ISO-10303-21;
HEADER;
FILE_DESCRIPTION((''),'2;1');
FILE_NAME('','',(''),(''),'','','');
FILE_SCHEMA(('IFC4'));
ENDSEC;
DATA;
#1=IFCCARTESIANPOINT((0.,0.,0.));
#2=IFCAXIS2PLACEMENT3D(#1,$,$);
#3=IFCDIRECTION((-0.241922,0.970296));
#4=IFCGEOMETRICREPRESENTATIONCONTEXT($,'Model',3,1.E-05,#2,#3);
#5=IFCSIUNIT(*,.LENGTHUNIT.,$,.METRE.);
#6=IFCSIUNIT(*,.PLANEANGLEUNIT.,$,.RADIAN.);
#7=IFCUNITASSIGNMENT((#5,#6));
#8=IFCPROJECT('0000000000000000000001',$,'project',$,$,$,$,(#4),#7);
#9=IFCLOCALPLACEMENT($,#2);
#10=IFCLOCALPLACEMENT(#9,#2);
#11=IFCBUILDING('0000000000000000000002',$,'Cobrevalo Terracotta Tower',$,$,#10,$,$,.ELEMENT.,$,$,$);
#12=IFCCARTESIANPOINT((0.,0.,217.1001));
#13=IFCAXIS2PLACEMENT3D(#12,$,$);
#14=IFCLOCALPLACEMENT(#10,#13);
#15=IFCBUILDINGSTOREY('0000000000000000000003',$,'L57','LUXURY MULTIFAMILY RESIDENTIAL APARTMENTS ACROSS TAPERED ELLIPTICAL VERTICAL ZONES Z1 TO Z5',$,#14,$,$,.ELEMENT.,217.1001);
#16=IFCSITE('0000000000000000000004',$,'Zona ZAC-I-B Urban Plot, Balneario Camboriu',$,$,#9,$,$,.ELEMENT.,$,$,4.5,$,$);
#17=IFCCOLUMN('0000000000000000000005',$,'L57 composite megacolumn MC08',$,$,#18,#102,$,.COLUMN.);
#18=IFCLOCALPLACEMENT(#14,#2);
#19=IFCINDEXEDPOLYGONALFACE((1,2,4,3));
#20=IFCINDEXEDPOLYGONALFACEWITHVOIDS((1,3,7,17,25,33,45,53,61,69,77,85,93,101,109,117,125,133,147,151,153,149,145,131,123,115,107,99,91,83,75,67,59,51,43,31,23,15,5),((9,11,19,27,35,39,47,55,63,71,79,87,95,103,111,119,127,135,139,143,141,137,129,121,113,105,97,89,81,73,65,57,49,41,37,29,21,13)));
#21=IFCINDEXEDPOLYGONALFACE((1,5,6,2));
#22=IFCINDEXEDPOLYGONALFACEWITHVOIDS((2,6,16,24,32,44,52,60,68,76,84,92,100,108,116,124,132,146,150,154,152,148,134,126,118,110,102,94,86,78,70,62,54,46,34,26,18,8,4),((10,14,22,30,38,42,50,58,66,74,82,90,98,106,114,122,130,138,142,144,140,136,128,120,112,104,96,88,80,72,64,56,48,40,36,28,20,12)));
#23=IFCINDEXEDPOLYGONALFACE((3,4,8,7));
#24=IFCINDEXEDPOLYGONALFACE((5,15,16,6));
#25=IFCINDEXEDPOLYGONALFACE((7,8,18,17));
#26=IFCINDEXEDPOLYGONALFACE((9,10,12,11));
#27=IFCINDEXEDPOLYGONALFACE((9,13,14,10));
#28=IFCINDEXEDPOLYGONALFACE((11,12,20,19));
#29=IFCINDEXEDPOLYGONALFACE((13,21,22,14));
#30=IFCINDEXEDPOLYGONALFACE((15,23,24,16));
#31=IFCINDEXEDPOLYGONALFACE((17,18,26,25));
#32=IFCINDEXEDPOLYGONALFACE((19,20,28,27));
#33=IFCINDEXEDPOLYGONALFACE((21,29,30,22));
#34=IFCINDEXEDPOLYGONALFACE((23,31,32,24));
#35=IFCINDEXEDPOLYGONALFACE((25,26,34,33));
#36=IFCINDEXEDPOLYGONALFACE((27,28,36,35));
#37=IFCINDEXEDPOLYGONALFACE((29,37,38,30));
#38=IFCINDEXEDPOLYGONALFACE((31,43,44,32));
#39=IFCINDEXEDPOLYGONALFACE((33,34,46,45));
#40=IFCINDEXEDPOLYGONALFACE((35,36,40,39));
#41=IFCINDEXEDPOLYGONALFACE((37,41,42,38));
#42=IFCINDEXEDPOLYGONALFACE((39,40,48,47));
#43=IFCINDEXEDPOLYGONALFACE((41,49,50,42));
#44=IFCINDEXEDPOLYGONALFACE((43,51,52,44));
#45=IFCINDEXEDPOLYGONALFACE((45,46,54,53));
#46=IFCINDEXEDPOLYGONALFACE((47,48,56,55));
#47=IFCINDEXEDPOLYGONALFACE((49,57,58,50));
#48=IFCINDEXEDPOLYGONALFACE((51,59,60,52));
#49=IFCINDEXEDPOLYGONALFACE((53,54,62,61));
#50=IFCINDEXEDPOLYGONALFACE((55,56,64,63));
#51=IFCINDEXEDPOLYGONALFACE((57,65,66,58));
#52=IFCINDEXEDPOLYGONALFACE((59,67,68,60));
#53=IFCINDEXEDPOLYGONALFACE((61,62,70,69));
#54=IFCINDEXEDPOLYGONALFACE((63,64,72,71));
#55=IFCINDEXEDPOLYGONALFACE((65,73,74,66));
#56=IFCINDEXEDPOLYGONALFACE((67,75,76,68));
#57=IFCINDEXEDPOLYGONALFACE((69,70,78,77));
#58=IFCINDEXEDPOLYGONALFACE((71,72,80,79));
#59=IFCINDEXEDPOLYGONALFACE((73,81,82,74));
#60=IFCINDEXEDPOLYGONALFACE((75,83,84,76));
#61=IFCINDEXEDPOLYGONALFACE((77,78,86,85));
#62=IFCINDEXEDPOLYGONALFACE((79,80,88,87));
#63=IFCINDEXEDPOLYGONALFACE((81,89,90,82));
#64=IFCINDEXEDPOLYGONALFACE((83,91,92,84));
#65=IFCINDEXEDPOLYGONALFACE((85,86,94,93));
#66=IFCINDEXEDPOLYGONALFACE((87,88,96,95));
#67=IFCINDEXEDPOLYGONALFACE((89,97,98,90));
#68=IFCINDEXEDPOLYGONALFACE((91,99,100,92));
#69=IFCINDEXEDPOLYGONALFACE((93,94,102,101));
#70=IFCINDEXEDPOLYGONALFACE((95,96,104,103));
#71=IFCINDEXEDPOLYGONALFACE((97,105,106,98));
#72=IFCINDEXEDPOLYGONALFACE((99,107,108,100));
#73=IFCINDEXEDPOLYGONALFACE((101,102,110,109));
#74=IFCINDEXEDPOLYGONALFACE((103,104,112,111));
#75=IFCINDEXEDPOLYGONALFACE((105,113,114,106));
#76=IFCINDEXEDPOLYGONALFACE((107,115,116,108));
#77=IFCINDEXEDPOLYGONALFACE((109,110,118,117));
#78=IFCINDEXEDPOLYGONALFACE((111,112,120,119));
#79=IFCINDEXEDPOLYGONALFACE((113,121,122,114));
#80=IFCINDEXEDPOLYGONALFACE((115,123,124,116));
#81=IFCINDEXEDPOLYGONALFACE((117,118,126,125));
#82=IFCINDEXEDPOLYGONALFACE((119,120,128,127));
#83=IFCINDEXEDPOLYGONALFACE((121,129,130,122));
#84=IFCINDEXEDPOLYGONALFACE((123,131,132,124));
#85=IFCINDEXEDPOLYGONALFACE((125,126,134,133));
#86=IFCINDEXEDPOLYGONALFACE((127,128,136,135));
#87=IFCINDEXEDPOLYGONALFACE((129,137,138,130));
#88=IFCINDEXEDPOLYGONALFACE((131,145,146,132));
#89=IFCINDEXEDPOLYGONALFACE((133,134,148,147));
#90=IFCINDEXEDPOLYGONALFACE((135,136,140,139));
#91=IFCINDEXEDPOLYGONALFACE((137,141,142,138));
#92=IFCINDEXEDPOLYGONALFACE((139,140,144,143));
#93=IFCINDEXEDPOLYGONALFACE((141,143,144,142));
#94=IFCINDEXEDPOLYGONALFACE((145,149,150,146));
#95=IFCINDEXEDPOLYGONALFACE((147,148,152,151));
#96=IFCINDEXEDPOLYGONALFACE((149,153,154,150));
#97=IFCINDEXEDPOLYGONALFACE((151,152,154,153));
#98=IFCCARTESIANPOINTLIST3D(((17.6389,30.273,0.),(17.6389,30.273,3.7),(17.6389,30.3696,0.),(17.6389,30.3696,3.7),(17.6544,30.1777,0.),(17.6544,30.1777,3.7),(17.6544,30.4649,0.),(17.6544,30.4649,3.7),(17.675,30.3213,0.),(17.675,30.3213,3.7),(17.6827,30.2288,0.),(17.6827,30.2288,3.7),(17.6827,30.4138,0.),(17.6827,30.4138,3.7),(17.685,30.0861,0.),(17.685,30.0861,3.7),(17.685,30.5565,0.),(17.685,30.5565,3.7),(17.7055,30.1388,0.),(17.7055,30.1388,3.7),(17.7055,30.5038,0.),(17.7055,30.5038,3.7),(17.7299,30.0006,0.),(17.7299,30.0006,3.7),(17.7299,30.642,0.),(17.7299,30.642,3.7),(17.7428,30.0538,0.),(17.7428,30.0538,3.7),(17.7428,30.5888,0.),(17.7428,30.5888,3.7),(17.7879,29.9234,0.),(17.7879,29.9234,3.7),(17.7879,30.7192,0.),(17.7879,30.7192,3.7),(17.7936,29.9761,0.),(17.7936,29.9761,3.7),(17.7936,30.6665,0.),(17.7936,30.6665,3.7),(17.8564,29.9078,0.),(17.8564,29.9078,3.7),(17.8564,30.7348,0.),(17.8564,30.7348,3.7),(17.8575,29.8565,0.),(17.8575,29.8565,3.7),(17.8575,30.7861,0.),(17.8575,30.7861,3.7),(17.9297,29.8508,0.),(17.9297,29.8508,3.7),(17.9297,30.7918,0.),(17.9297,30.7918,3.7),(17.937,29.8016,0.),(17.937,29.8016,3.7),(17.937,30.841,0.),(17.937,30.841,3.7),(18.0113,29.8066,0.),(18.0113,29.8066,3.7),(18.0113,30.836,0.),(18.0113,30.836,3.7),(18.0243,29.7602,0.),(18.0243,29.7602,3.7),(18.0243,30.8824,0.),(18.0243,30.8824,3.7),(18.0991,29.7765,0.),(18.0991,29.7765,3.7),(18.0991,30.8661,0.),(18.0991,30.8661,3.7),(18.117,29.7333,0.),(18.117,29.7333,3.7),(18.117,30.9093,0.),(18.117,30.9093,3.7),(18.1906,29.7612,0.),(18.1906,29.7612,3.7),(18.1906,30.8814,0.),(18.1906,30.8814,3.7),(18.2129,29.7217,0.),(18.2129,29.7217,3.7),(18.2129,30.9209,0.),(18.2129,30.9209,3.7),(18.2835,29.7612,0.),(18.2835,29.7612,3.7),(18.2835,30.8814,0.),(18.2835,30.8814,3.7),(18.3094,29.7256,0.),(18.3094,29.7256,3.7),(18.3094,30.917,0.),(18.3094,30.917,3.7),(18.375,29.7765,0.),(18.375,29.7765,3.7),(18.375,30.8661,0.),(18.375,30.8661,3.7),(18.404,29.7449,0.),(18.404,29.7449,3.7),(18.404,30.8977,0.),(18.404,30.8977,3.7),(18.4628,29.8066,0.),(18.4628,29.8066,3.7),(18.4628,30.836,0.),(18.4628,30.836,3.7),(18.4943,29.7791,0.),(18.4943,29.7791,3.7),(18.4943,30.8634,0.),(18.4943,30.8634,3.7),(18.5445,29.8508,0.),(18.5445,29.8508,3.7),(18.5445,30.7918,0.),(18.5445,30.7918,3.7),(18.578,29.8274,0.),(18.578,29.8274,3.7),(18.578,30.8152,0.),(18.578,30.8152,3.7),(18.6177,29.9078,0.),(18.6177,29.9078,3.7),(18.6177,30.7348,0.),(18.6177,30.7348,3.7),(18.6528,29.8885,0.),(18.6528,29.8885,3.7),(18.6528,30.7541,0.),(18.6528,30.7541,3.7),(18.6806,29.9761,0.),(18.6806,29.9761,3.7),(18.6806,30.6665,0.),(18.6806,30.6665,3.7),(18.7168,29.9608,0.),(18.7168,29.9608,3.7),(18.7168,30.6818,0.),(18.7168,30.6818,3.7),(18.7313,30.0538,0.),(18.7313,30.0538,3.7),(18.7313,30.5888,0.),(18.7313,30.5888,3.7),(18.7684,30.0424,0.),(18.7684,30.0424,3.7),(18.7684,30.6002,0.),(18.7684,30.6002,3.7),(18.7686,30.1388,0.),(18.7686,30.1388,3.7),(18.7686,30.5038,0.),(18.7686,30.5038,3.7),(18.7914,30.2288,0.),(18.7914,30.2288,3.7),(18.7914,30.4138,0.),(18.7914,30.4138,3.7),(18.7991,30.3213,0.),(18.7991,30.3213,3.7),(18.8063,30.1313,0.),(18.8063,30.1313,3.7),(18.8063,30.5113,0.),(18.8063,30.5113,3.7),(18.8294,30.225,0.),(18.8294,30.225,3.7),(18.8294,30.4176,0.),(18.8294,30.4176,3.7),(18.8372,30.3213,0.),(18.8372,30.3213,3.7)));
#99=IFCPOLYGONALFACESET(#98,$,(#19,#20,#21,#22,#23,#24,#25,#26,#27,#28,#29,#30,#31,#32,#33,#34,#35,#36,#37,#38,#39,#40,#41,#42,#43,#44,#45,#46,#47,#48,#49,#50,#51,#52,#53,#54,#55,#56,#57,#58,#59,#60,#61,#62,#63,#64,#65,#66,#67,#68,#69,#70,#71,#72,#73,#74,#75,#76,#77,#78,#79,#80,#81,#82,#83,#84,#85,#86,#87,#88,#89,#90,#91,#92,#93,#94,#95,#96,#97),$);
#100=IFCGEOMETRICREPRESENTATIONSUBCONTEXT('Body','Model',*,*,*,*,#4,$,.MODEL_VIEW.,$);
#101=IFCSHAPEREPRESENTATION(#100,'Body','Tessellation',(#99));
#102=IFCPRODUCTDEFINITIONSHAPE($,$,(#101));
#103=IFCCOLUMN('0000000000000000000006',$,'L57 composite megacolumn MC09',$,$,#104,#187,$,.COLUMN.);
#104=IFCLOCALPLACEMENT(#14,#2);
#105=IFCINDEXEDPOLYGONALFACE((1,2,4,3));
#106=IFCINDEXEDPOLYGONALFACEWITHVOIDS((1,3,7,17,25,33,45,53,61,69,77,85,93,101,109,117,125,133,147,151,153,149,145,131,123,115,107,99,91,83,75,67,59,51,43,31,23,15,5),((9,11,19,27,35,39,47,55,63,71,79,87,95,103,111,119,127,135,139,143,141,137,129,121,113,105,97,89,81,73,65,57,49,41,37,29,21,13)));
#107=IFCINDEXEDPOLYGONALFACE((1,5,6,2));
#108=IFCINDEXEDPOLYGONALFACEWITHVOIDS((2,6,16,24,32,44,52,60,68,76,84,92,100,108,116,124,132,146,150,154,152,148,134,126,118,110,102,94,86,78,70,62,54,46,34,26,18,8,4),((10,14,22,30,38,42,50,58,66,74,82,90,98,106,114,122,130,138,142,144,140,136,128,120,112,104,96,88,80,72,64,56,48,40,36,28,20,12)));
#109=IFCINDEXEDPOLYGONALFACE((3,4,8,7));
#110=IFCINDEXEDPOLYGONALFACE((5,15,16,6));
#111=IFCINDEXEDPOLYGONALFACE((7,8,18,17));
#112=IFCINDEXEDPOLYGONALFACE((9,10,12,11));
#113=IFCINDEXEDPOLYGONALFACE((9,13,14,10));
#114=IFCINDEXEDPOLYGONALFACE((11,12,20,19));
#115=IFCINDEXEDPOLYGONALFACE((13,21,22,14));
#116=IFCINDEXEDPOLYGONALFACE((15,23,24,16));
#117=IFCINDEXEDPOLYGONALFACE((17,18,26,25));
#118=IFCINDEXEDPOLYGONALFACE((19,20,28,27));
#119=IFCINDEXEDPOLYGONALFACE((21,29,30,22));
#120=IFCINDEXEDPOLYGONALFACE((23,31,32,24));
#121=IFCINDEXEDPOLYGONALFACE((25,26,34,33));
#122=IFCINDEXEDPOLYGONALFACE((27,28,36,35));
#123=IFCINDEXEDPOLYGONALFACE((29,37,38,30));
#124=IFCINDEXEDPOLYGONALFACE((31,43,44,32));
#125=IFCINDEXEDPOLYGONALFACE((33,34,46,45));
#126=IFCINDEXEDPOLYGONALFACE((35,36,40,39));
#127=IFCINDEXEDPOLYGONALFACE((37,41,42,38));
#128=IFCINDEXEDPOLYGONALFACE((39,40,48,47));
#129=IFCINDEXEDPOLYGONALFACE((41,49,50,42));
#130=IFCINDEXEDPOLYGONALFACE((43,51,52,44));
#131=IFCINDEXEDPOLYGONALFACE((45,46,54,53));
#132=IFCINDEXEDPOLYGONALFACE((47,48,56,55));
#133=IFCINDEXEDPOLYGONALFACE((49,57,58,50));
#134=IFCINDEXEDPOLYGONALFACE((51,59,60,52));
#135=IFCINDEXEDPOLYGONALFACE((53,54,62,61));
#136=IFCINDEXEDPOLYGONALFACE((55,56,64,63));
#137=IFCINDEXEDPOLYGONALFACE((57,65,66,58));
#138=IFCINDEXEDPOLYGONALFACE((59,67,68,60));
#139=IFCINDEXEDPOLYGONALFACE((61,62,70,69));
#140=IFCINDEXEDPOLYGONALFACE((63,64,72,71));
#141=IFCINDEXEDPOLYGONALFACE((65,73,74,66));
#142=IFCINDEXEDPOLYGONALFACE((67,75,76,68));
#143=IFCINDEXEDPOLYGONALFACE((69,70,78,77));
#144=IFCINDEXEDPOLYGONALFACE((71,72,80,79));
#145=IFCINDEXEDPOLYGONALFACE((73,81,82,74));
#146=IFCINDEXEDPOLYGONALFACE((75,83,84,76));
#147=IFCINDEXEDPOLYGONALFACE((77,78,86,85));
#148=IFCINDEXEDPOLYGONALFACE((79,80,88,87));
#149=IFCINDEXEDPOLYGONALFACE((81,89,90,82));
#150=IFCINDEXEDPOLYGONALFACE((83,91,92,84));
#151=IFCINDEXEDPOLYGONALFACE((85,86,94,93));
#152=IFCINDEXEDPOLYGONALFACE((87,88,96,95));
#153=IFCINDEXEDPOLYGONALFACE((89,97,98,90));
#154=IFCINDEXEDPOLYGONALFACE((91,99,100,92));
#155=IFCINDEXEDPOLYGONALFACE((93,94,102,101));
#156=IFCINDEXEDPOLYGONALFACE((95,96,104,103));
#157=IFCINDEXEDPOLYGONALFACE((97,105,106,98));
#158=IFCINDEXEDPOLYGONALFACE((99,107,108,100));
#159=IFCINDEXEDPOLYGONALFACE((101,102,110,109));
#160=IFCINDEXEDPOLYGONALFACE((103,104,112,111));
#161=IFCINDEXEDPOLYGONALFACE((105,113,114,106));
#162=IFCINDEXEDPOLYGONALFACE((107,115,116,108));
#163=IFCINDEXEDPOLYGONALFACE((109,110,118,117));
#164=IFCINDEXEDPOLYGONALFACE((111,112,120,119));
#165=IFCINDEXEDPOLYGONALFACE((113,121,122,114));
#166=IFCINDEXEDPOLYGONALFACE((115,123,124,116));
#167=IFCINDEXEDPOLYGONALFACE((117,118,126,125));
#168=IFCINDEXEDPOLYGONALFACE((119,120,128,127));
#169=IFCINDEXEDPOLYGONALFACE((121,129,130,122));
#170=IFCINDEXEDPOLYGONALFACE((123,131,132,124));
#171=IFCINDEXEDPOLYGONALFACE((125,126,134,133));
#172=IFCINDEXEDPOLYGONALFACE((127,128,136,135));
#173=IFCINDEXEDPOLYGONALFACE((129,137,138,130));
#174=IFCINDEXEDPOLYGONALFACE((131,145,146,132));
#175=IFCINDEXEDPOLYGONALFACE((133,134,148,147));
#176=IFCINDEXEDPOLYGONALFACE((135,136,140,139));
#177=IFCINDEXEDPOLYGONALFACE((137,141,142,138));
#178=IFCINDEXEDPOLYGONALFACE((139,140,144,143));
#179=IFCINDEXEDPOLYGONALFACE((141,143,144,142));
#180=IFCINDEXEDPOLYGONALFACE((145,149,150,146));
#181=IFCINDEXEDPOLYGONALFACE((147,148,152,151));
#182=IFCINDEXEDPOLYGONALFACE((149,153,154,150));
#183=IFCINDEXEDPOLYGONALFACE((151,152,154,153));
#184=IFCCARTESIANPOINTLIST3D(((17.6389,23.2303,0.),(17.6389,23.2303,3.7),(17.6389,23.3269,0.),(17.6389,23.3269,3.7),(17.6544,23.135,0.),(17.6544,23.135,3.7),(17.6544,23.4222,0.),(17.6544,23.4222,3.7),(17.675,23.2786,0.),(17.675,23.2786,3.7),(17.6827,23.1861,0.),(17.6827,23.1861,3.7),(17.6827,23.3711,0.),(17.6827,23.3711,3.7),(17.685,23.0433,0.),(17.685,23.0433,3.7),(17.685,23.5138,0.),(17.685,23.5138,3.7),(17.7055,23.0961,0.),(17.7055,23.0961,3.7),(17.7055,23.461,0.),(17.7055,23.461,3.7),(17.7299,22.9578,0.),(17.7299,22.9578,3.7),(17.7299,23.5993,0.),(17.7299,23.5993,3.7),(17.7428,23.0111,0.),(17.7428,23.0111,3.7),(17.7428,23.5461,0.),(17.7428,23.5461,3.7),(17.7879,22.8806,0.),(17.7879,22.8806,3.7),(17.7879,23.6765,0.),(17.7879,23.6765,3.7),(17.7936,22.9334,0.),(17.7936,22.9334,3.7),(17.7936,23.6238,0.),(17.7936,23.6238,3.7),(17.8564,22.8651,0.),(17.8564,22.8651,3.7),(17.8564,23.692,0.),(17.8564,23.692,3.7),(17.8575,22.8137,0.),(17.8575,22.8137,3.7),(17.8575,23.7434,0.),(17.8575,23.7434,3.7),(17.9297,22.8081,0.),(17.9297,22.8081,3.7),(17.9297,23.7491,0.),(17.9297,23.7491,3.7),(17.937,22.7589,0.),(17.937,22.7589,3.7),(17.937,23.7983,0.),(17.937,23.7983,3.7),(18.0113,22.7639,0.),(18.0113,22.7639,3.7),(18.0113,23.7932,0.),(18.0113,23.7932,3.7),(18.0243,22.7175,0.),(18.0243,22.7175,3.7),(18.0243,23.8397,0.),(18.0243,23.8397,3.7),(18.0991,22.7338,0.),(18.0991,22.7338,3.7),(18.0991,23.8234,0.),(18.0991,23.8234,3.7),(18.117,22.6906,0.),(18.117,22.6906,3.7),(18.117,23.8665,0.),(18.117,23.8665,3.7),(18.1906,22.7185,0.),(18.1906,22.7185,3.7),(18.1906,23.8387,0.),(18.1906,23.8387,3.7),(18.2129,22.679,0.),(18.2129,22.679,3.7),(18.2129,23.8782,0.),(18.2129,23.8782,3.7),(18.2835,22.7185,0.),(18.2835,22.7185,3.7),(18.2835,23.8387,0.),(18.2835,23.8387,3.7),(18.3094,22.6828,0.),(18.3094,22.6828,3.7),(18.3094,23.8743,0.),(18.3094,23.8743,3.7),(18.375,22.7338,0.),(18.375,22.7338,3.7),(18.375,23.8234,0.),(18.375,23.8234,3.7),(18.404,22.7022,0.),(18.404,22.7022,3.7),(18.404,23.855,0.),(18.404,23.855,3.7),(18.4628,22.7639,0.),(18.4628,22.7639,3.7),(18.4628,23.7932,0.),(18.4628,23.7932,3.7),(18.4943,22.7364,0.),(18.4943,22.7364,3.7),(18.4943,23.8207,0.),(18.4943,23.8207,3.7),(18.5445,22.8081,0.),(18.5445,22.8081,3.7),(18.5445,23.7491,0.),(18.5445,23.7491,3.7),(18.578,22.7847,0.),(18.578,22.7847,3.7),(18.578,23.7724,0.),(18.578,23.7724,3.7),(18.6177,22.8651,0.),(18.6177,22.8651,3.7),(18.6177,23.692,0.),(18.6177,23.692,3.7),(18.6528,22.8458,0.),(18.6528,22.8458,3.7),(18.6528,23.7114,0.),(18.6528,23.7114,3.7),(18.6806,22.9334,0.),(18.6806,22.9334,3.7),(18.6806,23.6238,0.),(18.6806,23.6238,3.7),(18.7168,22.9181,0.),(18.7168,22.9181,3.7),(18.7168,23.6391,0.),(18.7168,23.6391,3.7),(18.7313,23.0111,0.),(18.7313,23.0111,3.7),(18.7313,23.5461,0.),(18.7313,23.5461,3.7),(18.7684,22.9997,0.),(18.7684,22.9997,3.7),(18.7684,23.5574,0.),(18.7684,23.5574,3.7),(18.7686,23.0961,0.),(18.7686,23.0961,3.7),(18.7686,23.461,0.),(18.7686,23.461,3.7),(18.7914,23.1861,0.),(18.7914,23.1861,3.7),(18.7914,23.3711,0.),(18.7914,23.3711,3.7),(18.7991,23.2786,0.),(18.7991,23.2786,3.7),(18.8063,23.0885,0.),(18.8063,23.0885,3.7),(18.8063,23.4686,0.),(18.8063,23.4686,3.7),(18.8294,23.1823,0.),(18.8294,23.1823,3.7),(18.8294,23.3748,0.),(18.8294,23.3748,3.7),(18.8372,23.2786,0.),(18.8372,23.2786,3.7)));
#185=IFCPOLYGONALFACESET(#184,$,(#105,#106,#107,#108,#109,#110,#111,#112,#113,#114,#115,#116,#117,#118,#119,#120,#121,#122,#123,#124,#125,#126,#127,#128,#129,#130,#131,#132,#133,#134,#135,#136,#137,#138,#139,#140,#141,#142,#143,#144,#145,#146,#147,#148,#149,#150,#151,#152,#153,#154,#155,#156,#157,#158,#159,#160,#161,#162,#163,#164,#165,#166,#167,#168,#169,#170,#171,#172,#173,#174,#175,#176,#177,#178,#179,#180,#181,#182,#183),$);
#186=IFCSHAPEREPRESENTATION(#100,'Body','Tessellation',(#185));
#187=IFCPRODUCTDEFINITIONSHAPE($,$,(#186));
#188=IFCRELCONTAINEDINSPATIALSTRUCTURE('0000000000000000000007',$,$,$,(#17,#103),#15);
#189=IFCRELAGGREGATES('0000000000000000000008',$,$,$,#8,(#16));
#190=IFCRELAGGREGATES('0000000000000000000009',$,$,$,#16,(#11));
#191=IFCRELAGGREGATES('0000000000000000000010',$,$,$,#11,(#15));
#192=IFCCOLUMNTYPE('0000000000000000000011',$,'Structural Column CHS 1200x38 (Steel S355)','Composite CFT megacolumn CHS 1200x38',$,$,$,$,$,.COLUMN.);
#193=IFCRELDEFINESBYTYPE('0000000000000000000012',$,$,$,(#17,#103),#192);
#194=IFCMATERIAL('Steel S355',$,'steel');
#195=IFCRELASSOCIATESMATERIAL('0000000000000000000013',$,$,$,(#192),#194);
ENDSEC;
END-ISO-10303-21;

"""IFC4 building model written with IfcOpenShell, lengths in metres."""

from ifc_helpers import new_model, si_unit, direction, frame, origin, origin_2d, place, context, subcontext, project, spatial, hollow_circle, extrude, material, material_profile, profile_set, type_object, element, save


model = new_model("IFC4")

# Units and contexts
model_context = context("Model", 3, precision=1e-05, world=origin(), true_north=direction((-0.241922, 0.970296)))
body_context = subcontext(model_context, "Body", "Model", "MODEL_VIEW")
ifc_project = project(units=[si_unit("LENGTHUNIT", "METRE"), si_unit("PLANEANGLEUNIT", "RADIAN")], contexts=[model_context])

# Site, building, storey
site_placement = place(None, origin())
site = spatial("IfcSite", under=ifc_project, at=site_placement, Name="Zona ZAC-I-B Urban Plot, Balneario Camboriu", CompositionType="ELEMENT", RefElevation=4.5)
building_placement = place(site_placement, origin())
building = spatial("IfcBuilding", under=site, at=building_placement, Name="Cobrevalo Terracotta Tower", CompositionType="ELEMENT")
storey_placement = place(building_placement, frame((0.0, 0.0, 217.1001)))
storey = spatial("IfcBuildingStorey", under=building, at=storey_placement, Name="L57", Description="LUXURY MULTIFAMILY RESIDENTIAL APARTMENTS ACROSS TAPERED ELLIPTICAL VERTICAL ZONES Z1 TO Z5", CompositionType="ELEMENT", Elevation=217.1001)

# Columns
ifc_material_1 = material(Name="Steel S355", Category="steel")
ifc_material_profile_1 = material_profile(ifc_material_1, hollow_circle(Radius=0.6001, WallThickness=0.0381, at=origin_2d()), Name="CHS 1200x38")
ifc_profile_set_1 = profile_set([ifc_material_profile_1], Name="Steel S355")
column_type = type_object("IfcColumnType", Name="Structural Column CHS 1200x38 (Steel S355)", Description="Composite CFT megacolumn CHS 1200x38", PredefinedType="COLUMN", material=ifc_profile_set_1)
for number, where, z_axis, x_axis, name in (
    (1, (18.2371, 30.3213, 0.0), (0.0, 0.0, 1.0), (1.0, 0.0, 0.0), "L57 composite megacolumn MC08"),
    (2, (18.2371, 23.2786, 0.0), (0.0, 0.0, 1.0), (1.0, 0.0, 0.0), "L57 composite megacolumn MC09"),
):
    element("IfcColumn", number, at=place(storey_placement, frame(where, z_axis=z_axis, x_axis=x_axis)), inside=storey, type_object=column_type, Name=name, PredefinedType="COLUMN", context=body_context, shape_type="SweptSolid", body=[
        extrude(hollow_circle(Radius=0.6001, WallThickness=0.0381, at=origin_2d()), origin(), (0.0, 0.0, 1.0), 3.7),
    ])

save(model, "model.ifc")
